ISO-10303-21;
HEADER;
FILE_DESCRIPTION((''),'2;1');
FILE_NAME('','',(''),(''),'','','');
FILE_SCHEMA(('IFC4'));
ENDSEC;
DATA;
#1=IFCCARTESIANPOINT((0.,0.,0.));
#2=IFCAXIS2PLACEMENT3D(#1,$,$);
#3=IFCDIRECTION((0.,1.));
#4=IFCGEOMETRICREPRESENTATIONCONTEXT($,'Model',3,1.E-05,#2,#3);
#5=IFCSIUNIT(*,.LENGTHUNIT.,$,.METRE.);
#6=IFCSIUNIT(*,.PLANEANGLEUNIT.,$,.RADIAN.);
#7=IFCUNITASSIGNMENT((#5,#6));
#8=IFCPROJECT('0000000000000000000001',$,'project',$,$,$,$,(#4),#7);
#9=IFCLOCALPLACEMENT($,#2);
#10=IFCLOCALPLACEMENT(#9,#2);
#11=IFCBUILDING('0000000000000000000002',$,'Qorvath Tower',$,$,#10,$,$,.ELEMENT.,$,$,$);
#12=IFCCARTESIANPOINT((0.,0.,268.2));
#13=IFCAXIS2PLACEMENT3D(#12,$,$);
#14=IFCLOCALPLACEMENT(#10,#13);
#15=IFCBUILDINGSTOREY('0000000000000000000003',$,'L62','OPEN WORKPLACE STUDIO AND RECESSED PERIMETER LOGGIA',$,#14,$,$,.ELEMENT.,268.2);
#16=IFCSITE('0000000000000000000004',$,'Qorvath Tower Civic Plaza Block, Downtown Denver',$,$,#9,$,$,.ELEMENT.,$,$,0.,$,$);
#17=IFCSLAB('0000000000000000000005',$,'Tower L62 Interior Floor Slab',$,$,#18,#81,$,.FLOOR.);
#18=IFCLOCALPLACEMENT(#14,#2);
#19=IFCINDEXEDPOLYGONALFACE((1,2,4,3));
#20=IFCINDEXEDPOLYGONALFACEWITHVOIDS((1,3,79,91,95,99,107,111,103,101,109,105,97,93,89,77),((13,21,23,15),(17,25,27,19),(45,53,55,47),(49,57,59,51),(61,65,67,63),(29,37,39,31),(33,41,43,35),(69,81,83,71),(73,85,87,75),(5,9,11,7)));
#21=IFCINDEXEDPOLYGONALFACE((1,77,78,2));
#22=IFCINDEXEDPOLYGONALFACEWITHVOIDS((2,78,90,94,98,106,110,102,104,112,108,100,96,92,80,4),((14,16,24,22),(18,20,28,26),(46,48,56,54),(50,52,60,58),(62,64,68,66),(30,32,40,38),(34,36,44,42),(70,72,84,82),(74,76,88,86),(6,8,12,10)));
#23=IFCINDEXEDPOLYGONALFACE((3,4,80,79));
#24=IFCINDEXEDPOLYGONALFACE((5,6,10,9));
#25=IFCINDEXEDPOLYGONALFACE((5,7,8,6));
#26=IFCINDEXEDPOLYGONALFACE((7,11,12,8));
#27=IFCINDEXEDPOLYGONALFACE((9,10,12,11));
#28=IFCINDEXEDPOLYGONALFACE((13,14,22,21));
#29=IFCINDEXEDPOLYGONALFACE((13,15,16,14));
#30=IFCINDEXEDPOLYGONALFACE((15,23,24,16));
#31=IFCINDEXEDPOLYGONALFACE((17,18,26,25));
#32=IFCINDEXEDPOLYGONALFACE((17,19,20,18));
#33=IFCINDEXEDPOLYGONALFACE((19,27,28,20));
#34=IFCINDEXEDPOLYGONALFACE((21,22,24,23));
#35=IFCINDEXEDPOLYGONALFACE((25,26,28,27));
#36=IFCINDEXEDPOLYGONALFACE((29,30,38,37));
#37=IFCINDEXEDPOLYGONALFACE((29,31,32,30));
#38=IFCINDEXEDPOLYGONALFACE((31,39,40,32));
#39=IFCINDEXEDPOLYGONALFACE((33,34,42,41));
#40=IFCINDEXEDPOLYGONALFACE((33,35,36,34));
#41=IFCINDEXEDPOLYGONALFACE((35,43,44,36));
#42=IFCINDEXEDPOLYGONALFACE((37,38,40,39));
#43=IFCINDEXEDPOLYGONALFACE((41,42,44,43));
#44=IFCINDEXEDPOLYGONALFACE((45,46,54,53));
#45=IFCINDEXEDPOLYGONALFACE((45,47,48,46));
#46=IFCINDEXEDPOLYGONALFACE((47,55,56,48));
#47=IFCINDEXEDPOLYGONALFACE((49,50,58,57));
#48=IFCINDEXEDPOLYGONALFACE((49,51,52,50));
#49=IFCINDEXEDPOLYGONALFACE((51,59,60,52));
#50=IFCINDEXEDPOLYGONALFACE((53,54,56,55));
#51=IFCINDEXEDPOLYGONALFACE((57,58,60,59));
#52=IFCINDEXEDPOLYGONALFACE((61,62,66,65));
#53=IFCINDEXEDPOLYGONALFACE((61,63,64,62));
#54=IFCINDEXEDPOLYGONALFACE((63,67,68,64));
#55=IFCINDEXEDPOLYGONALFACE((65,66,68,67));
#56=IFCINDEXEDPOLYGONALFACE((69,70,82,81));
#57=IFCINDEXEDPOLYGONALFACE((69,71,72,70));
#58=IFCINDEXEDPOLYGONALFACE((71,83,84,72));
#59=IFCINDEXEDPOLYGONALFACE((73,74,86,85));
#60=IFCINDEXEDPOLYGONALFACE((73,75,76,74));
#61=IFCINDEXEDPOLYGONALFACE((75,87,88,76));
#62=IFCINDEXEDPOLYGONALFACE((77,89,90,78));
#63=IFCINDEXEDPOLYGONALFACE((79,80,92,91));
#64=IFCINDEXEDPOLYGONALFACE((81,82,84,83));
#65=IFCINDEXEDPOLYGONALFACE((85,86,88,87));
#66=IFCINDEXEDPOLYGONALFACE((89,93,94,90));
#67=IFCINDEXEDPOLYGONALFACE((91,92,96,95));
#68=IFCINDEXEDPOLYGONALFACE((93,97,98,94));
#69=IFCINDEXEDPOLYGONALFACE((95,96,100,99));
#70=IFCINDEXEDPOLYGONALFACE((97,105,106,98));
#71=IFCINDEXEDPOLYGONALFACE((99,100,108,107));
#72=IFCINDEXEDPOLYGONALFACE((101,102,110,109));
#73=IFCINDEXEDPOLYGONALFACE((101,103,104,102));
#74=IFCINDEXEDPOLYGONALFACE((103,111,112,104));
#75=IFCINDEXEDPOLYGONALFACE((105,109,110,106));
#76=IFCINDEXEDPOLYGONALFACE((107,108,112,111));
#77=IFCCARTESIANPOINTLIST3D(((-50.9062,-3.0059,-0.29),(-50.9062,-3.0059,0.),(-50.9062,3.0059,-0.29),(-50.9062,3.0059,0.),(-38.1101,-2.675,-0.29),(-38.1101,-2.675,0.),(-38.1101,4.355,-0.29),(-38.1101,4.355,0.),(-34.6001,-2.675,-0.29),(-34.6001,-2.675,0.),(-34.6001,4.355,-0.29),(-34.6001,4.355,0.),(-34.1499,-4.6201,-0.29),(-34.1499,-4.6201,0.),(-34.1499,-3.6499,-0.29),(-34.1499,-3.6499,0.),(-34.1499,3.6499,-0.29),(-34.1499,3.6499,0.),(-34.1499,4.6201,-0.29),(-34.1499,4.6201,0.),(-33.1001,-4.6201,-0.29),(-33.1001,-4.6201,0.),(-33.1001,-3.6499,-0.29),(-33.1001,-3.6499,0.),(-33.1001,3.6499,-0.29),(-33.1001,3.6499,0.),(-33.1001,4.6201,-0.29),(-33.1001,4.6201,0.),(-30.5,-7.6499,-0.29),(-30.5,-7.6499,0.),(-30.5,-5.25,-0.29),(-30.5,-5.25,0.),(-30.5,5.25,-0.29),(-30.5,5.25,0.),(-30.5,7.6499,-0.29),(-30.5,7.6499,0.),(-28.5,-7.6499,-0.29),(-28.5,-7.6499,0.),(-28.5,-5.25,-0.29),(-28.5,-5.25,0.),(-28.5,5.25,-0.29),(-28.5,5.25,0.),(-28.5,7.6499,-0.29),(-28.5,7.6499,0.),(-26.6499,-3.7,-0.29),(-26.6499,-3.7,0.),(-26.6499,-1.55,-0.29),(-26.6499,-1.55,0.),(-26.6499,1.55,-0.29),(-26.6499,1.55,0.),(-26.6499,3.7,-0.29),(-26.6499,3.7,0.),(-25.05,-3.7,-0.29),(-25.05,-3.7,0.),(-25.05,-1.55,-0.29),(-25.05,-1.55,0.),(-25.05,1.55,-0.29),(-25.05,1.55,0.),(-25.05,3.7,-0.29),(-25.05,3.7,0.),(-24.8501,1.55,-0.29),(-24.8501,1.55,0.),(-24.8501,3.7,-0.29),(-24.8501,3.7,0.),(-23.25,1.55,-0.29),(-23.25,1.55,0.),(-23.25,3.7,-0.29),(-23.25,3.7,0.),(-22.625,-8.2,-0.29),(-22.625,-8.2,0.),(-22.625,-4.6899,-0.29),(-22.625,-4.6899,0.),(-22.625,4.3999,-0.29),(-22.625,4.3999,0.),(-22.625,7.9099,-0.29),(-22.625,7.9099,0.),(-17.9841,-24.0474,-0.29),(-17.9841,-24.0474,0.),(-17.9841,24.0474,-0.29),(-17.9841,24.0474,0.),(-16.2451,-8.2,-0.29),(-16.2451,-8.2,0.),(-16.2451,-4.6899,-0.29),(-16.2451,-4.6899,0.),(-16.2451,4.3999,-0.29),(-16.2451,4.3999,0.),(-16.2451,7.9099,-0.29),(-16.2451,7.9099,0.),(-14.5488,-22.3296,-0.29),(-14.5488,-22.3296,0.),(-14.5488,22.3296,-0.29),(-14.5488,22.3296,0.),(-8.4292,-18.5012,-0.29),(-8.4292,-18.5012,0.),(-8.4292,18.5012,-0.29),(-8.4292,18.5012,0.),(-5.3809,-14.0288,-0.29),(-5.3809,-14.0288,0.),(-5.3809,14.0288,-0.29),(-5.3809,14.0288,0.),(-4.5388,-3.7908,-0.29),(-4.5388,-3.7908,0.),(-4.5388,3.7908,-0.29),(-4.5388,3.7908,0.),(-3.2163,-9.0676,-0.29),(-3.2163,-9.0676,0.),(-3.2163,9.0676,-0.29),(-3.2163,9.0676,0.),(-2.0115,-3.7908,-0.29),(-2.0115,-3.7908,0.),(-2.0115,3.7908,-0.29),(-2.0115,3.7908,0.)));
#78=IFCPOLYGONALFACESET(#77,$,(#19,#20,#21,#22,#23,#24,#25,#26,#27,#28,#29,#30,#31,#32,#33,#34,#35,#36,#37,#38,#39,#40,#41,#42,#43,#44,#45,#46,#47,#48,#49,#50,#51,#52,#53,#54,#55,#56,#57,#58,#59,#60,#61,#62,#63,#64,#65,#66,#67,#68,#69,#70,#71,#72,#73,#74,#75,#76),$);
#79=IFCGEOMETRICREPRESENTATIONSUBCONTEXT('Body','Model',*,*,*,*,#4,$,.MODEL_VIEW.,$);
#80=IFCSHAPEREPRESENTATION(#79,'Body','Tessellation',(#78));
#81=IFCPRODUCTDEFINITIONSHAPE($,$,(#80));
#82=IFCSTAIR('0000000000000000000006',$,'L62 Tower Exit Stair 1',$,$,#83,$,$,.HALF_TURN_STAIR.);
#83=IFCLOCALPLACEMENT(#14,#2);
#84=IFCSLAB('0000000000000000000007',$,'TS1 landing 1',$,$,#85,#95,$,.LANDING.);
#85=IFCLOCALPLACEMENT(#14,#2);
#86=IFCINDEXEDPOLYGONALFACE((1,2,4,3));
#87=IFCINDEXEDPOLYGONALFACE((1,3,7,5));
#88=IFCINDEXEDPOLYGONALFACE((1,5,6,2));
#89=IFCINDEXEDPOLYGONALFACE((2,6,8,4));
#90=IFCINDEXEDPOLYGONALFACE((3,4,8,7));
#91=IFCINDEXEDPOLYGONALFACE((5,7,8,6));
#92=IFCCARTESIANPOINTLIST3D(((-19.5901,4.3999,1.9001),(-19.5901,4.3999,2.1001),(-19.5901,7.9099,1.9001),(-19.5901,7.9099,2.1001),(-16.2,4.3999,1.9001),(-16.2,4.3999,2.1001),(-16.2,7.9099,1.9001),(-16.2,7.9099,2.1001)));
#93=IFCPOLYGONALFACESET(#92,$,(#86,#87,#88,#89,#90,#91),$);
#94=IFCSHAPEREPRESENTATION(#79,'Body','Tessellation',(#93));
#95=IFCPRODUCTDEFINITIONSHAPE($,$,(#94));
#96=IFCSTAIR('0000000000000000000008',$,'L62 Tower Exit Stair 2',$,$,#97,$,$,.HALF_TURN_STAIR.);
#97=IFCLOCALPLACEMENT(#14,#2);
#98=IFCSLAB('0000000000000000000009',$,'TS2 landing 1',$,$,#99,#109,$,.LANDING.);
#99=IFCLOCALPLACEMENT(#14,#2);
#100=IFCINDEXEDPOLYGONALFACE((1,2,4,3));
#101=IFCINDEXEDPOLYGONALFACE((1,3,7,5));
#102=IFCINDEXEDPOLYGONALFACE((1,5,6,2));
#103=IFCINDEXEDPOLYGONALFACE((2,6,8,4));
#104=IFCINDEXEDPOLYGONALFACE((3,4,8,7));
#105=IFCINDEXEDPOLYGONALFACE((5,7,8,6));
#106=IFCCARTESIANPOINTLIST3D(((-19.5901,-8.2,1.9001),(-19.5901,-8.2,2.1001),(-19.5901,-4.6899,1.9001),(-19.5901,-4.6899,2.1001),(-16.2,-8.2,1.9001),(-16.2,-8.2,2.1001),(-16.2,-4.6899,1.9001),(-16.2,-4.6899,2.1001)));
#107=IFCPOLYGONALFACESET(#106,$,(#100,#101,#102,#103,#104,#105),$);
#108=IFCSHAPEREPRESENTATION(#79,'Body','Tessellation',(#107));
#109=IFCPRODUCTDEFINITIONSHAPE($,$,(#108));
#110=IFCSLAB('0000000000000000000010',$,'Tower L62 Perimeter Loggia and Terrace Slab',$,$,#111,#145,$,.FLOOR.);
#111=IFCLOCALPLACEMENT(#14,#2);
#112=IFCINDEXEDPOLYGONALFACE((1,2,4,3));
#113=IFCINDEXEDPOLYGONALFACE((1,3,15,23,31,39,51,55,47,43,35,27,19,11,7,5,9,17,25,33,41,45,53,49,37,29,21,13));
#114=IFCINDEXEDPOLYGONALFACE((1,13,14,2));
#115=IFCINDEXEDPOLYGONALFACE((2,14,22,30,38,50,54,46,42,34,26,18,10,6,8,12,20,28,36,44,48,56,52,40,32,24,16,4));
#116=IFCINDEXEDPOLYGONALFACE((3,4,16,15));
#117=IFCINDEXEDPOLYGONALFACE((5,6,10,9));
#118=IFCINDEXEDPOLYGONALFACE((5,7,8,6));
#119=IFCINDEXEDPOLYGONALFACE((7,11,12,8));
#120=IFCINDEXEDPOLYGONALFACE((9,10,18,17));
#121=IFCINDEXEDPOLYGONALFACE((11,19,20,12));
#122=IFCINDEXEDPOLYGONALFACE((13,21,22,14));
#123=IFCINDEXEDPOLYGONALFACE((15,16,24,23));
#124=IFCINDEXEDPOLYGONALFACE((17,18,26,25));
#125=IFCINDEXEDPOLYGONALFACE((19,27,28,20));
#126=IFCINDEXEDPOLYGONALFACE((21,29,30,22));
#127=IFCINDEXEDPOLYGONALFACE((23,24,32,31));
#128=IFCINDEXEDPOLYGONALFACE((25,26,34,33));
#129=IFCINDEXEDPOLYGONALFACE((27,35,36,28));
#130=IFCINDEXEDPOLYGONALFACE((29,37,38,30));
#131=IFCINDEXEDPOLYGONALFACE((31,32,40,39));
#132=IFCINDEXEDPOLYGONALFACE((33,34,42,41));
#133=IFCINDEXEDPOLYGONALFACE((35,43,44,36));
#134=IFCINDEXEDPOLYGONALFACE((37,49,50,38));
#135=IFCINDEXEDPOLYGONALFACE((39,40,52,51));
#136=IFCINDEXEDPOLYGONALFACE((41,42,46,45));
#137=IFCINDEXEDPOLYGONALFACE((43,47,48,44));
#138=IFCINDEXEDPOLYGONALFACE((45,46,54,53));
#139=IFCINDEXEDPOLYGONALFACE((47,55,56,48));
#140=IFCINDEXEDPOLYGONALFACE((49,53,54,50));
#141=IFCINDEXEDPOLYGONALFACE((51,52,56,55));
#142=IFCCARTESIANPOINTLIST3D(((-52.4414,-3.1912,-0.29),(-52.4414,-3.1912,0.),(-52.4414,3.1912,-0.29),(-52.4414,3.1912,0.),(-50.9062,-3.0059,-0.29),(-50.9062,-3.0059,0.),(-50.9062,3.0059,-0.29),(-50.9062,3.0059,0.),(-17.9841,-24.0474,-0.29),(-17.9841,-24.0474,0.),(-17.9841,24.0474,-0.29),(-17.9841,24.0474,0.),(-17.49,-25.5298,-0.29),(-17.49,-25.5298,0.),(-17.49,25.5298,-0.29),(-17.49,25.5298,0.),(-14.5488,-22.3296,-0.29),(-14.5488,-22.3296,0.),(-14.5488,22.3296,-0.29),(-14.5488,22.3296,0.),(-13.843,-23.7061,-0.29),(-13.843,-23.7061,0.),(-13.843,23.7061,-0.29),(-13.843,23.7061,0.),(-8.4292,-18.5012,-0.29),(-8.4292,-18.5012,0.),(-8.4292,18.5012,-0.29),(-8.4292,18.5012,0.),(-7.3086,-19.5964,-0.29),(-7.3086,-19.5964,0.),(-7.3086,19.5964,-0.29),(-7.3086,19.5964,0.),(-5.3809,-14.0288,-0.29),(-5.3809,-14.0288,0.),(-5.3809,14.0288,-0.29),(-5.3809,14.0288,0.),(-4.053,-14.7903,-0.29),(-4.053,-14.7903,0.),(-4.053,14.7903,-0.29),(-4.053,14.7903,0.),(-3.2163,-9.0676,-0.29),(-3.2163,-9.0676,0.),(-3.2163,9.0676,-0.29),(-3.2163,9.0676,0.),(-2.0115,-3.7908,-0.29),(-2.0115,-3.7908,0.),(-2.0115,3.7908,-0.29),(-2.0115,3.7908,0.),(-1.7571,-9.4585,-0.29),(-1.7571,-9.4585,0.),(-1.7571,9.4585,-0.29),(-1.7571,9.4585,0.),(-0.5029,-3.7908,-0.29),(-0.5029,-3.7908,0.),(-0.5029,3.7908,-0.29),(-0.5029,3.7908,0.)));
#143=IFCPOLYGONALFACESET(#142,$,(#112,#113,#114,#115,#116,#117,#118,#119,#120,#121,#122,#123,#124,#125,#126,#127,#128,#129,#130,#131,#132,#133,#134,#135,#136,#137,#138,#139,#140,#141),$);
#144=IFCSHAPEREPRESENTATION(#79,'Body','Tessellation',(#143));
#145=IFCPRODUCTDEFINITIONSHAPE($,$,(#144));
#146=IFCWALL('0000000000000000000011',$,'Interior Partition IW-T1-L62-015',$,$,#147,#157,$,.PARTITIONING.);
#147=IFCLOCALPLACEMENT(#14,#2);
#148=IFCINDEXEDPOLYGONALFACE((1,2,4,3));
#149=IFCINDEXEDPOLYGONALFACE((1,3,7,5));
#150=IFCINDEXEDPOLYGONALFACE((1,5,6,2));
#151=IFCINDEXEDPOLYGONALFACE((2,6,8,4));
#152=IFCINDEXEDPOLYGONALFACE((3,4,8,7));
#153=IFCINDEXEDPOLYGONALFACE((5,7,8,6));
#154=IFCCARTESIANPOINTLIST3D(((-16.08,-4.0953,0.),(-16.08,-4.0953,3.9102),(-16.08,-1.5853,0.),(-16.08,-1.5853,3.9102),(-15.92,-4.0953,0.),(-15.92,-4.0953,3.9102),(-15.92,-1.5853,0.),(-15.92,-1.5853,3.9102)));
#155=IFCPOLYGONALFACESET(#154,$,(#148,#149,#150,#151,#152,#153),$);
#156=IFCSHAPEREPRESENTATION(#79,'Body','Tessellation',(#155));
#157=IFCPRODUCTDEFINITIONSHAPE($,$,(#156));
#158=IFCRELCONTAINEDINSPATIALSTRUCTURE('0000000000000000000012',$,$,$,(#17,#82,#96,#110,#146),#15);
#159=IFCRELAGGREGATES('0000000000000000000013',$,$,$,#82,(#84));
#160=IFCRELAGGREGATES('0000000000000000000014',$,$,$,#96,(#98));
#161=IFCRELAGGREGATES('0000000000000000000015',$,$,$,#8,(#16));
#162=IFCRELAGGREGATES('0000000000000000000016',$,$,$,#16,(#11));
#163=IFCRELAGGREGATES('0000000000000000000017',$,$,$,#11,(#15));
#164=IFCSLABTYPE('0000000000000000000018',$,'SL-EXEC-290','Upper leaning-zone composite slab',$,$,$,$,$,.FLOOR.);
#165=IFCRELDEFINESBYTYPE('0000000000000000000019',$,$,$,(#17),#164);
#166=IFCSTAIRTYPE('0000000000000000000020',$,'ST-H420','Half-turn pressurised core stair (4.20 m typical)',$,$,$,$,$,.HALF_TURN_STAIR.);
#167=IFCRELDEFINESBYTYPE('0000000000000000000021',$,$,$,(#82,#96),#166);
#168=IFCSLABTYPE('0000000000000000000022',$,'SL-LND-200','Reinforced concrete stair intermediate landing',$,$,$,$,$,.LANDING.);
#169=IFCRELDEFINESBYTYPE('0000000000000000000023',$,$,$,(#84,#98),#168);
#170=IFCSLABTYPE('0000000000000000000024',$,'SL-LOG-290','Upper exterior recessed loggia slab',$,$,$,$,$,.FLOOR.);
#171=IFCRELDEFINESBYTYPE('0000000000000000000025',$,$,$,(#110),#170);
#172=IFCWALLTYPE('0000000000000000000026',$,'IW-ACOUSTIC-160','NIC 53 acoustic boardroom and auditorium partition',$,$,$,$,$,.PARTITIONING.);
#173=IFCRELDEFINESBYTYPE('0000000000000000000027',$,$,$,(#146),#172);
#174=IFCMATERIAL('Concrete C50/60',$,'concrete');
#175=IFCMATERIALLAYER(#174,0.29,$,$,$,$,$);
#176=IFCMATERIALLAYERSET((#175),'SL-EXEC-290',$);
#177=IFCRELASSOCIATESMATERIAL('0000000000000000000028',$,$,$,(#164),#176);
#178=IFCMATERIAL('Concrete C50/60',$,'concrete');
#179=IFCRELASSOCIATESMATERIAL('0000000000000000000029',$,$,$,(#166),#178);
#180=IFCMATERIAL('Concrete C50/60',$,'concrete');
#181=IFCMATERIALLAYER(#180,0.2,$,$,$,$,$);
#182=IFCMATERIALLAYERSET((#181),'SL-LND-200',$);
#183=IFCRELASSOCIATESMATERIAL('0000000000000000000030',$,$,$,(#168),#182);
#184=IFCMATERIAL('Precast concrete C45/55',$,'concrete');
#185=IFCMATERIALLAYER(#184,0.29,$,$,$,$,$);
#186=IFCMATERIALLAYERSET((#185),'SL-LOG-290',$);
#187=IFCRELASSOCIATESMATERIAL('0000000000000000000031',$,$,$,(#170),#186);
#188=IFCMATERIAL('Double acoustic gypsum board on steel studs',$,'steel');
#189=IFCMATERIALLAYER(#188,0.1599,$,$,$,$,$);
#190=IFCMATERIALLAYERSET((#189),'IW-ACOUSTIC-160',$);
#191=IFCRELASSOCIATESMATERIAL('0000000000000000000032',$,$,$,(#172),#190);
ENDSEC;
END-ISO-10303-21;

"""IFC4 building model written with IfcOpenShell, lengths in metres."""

from ifc_helpers import new_model, si_unit, direction, frame, frame_2d, origin, place, context, subcontext, project, spatial, polyline, rectangle, outline, extrude, material, layer, layer_set, type_object, element, aggregate, save


model = new_model("IFC4")

# Units and contexts
model_context = context("Model", 3, precision=1e-05, world=origin(), true_north=direction((0.0, 1.0)))
body_context = subcontext(model_context, "Body", "Model", "MODEL_VIEW")
ifc_project = project(units=[si_unit("LENGTHUNIT", "METRE"), si_unit("PLANEANGLEUNIT", "RADIAN")], contexts=[model_context])

# Site, building, storey
site_placement = place(None, origin())
site = spatial("IfcSite", under=ifc_project, at=site_placement, Name="Qorvath Tower Civic Plaza Block, Downtown Denver", CompositionType="ELEMENT", RefElevation=0.0)
building_placement = place(site_placement, origin())
building = spatial("IfcBuilding", under=site, at=building_placement, Name="Qorvath Tower", CompositionType="ELEMENT")
storey_placement = place(building_placement, frame((0.0, 0.0, 268.2)))
storey = spatial("IfcBuildingStorey", under=building, at=storey_placement, Name="L62", Description="OPEN WORKPLACE STUDIO AND RECESSED PERIMETER LOGGIA", CompositionType="ELEMENT", Elevation=268.2)

# Slab
ifc_material_1 = material(Name="Concrete C50/60", Category="concrete")
ifc_layer_1 = layer(ifc_material_1, 0.29)
ifc_layer_set_1 = layer_set([ifc_layer_1], Name="SL-EXEC-290")
slab_type_1 = type_object("IfcSlabType", Name="SL-EXEC-290", Description="Upper leaning-zone composite slab", PredefinedType="FLOOR", material=ifc_layer_set_1)
slab_1_placement = place(storey_placement, frame((0.0, 0.0, -0.29)))
element("IfcSlab", 1, at=slab_1_placement, inside=storey, type_object=slab_type_1, Name="Tower L62 Interior Floor Slab", PredefinedType="FLOOR", context=body_context, shape_type="SweptSolid", body=[
    extrude(outline(polyline([(-50.9062, 3.0059), (-50.9062, -3.0059), (-17.9841, -24.0474), (-14.5488, -22.3296), (-8.4292, -18.5012), (-5.3809, -14.0288), (-3.2163, -9.0676), (-2.0115, -3.7908), (-4.5388, -3.7908), (-4.5388, 3.7908), (-2.0115, 3.7908), (-3.2163, 9.0676), (-5.3809, 14.0288), (-8.4292, 18.5012), (-14.5488, 22.3296), (-17.9841, 24.0474), (-50.9062, 3.0059)]), holes=[polyline([(-16.2451, -8.2), (-22.625, -8.2), (-22.625, -4.6899), (-16.2451, -4.6899), (-16.2451, -8.2)]), polyline([(-22.625, 4.3999), (-22.625, 7.9099), (-16.2451, 7.9099), (-16.2451, 4.3999), (-22.625, 4.3999)]), polyline([(-23.25, 1.55), (-24.8501, 1.55), (-24.8501, 3.7), (-23.25, 3.7), (-23.25, 1.55)]), polyline([(-26.6499, -3.7), (-26.6499, -1.55), (-25.05, -1.55), (-25.05, -3.7), (-26.6499, -3.7)]), polyline([(-25.05, 1.55), (-26.6499, 1.55), (-26.6499, 3.7), (-25.05, 3.7), (-25.05, 1.55)]), polyline([(-28.5, -7.6499), (-30.5, -7.6499), (-30.5, -5.25), (-28.5, -5.25), (-28.5, -7.6499)]), polyline([(-30.5, 5.25), (-30.5, 7.6499), (-28.5, 7.6499), (-28.5, 5.25), (-30.5, 5.25)]), polyline([(-33.1001, -4.6201), (-34.1499, -4.6201), (-34.1499, -3.6499), (-33.1001, -3.6499), (-33.1001, -4.6201)]), polyline([(-33.1001, 3.6499), (-34.1499, 3.6499), (-34.1499, 4.6201), (-33.1001, 4.6201), (-33.1001, 3.6499)]), polyline([(-34.6001, -2.675), (-38.1101, -2.675), (-38.1101, 4.355), (-34.6001, 4.355), (-34.6001, -2.675)])]), origin(), (0.0, 0.0, 1.0), 0.29),
])

# Stairs, slabs
ifc_material_2 = material(Name="Concrete C50/60", Category="concrete")
stair_type = type_object("IfcStairType", Name="ST-H420", Description="Half-turn pressurised core stair (4.20 m typical)", PredefinedType="HALF_TURN_STAIR", material=ifc_material_2)
stair_1_placement = place(storey_placement, origin())
stair_1 = element("IfcStair", 2, at=stair_1_placement, inside=storey, type_object=stair_type, Name="L62 Tower Exit Stair 1", PredefinedType="HALF_TURN_STAIR")
ifc_material_3 = material(Name="Concrete C50/60", Category="concrete")
ifc_layer_2 = layer(ifc_material_3, 0.2)
ifc_layer_set_2 = layer_set([ifc_layer_2], Name="SL-LND-200")
slab_type_2 = type_object("IfcSlabType", Name="SL-LND-200", Description="Reinforced concrete stair intermediate landing", PredefinedType="LANDING", material=ifc_layer_set_2)
slab_2_placement = place(storey_placement, frame((0.0, 0.0, 1.9001)))
slab_2 = element("IfcSlab", 3, at=slab_2_placement, type_object=slab_type_2, Name="TS1 landing 1", PredefinedType="LANDING", context=body_context, shape_type="SweptSolid", body=[
    extrude(outline(polyline([(-19.5901, 4.3999), (-16.2, 4.3999), (-16.2, 7.9099), (-19.5901, 7.9099), (-19.5901, 4.3999)])), origin(), (0.0, 0.0, 1.0), 0.2),
])
aggregate(stair_1, [slab_2])
stair_2_placement = place(storey_placement, origin())
stair_2 = element("IfcStair", 4, at=stair_2_placement, inside=storey, type_object=stair_type, Name="L62 Tower Exit Stair 2", PredefinedType="HALF_TURN_STAIR")
slab_3_placement = place(storey_placement, frame((0.0, 0.0, 1.9001)))
slab_3 = element("IfcSlab", 5, at=slab_3_placement, type_object=slab_type_2, Name="TS2 landing 1", PredefinedType="LANDING", context=body_context, shape_type="SweptSolid", body=[
    extrude(outline(polyline([(-19.5901, -8.2), (-16.2, -8.2), (-16.2, -4.6899), (-19.5901, -4.6899), (-19.5901, -8.2)])), origin(), (0.0, 0.0, 1.0), 0.2),
])

# Slab
ifc_material_4 = material(Name="Precast concrete C45/55", Category="concrete")
ifc_layer_3 = layer(ifc_material_4, 0.29)
ifc_layer_set_3 = layer_set([ifc_layer_3], Name="SL-LOG-290")
slab_type_3 = type_object("IfcSlabType", Name="SL-LOG-290", Description="Upper exterior recessed loggia slab", PredefinedType="FLOOR", material=ifc_layer_set_3)
slab_4_placement = place(storey_placement, frame((0.0, 0.0, -0.29)))
element("IfcSlab", 6, at=slab_4_placement, inside=storey, type_object=slab_type_3, Name="Tower L62 Perimeter Loggia and Terrace Slab", PredefinedType="FLOOR", context=body_context, shape_type="SweptSolid", body=[
    extrude(outline(polyline([(-2.0115, -3.7908), (-3.2163, -9.0676), (-5.3809, -14.0288), (-8.4292, -18.5012), (-14.5488, -22.3296), (-17.9841, -24.0474), (-50.9062, -3.0059), (-50.9062, 3.0059), (-17.9841, 24.0474), (-14.5488, 22.3296), (-8.4292, 18.5012), (-5.3809, 14.0288), (-3.2163, 9.0676), (-2.0115, 3.7908), (-0.5029, 3.7908), (-1.7571, 9.4585), (-4.053, 14.7903), (-7.3086, 19.5964), (-13.843, 23.7061), (-17.49, 25.5298), (-52.4414, 3.1912), (-52.4414, -3.1912), (-17.49, -25.5298), (-13.843, -23.7061), (-7.3086, -19.5964), (-4.053, -14.7903), (-1.7571, -9.4585), (-0.5029, -3.7908), (-2.0115, -3.7908)])), origin(), (0.0, 0.0, 1.0), 0.29),
])

# Wall
ifc_material_5 = material(Name="Double acoustic gypsum board on steel studs", Category="steel")
ifc_layer_4 = layer(ifc_material_5, 0.1599)
ifc_layer_set_4 = layer_set([ifc_layer_4], Name="IW-ACOUSTIC-160")
wall_type_1 = type_object("IfcWallType", Name="IW-ACOUSTIC-160", Description="NIC 53 acoustic boardroom and auditorium partition", PredefinedType="PARTITIONING", material=ifc_layer_set_4)
wall_1_placement = place(storey_placement, frame((-16.0, -4.0952, 0.0), z_axis=(0.0, 0.0, 1.0), x_axis=(0.0, 1.0, 0.0)))
element("IfcWall", 7, at=wall_1_placement, inside=storey, type_object=wall_type_1, Name="Interior Partition IW-T1-L62-015", PredefinedType="PARTITIONING", context=body_context, shape_type="SweptSolid", body=[
    extrude(rectangle(XDim=2.51, YDim=0.1599, at=frame_2d((1.2549, 0.0))), origin(), (0.0, 0.0, 1.0), 3.9102),
])

aggregate(stair_2, [slab_3])

save(model, "model.ifc")
